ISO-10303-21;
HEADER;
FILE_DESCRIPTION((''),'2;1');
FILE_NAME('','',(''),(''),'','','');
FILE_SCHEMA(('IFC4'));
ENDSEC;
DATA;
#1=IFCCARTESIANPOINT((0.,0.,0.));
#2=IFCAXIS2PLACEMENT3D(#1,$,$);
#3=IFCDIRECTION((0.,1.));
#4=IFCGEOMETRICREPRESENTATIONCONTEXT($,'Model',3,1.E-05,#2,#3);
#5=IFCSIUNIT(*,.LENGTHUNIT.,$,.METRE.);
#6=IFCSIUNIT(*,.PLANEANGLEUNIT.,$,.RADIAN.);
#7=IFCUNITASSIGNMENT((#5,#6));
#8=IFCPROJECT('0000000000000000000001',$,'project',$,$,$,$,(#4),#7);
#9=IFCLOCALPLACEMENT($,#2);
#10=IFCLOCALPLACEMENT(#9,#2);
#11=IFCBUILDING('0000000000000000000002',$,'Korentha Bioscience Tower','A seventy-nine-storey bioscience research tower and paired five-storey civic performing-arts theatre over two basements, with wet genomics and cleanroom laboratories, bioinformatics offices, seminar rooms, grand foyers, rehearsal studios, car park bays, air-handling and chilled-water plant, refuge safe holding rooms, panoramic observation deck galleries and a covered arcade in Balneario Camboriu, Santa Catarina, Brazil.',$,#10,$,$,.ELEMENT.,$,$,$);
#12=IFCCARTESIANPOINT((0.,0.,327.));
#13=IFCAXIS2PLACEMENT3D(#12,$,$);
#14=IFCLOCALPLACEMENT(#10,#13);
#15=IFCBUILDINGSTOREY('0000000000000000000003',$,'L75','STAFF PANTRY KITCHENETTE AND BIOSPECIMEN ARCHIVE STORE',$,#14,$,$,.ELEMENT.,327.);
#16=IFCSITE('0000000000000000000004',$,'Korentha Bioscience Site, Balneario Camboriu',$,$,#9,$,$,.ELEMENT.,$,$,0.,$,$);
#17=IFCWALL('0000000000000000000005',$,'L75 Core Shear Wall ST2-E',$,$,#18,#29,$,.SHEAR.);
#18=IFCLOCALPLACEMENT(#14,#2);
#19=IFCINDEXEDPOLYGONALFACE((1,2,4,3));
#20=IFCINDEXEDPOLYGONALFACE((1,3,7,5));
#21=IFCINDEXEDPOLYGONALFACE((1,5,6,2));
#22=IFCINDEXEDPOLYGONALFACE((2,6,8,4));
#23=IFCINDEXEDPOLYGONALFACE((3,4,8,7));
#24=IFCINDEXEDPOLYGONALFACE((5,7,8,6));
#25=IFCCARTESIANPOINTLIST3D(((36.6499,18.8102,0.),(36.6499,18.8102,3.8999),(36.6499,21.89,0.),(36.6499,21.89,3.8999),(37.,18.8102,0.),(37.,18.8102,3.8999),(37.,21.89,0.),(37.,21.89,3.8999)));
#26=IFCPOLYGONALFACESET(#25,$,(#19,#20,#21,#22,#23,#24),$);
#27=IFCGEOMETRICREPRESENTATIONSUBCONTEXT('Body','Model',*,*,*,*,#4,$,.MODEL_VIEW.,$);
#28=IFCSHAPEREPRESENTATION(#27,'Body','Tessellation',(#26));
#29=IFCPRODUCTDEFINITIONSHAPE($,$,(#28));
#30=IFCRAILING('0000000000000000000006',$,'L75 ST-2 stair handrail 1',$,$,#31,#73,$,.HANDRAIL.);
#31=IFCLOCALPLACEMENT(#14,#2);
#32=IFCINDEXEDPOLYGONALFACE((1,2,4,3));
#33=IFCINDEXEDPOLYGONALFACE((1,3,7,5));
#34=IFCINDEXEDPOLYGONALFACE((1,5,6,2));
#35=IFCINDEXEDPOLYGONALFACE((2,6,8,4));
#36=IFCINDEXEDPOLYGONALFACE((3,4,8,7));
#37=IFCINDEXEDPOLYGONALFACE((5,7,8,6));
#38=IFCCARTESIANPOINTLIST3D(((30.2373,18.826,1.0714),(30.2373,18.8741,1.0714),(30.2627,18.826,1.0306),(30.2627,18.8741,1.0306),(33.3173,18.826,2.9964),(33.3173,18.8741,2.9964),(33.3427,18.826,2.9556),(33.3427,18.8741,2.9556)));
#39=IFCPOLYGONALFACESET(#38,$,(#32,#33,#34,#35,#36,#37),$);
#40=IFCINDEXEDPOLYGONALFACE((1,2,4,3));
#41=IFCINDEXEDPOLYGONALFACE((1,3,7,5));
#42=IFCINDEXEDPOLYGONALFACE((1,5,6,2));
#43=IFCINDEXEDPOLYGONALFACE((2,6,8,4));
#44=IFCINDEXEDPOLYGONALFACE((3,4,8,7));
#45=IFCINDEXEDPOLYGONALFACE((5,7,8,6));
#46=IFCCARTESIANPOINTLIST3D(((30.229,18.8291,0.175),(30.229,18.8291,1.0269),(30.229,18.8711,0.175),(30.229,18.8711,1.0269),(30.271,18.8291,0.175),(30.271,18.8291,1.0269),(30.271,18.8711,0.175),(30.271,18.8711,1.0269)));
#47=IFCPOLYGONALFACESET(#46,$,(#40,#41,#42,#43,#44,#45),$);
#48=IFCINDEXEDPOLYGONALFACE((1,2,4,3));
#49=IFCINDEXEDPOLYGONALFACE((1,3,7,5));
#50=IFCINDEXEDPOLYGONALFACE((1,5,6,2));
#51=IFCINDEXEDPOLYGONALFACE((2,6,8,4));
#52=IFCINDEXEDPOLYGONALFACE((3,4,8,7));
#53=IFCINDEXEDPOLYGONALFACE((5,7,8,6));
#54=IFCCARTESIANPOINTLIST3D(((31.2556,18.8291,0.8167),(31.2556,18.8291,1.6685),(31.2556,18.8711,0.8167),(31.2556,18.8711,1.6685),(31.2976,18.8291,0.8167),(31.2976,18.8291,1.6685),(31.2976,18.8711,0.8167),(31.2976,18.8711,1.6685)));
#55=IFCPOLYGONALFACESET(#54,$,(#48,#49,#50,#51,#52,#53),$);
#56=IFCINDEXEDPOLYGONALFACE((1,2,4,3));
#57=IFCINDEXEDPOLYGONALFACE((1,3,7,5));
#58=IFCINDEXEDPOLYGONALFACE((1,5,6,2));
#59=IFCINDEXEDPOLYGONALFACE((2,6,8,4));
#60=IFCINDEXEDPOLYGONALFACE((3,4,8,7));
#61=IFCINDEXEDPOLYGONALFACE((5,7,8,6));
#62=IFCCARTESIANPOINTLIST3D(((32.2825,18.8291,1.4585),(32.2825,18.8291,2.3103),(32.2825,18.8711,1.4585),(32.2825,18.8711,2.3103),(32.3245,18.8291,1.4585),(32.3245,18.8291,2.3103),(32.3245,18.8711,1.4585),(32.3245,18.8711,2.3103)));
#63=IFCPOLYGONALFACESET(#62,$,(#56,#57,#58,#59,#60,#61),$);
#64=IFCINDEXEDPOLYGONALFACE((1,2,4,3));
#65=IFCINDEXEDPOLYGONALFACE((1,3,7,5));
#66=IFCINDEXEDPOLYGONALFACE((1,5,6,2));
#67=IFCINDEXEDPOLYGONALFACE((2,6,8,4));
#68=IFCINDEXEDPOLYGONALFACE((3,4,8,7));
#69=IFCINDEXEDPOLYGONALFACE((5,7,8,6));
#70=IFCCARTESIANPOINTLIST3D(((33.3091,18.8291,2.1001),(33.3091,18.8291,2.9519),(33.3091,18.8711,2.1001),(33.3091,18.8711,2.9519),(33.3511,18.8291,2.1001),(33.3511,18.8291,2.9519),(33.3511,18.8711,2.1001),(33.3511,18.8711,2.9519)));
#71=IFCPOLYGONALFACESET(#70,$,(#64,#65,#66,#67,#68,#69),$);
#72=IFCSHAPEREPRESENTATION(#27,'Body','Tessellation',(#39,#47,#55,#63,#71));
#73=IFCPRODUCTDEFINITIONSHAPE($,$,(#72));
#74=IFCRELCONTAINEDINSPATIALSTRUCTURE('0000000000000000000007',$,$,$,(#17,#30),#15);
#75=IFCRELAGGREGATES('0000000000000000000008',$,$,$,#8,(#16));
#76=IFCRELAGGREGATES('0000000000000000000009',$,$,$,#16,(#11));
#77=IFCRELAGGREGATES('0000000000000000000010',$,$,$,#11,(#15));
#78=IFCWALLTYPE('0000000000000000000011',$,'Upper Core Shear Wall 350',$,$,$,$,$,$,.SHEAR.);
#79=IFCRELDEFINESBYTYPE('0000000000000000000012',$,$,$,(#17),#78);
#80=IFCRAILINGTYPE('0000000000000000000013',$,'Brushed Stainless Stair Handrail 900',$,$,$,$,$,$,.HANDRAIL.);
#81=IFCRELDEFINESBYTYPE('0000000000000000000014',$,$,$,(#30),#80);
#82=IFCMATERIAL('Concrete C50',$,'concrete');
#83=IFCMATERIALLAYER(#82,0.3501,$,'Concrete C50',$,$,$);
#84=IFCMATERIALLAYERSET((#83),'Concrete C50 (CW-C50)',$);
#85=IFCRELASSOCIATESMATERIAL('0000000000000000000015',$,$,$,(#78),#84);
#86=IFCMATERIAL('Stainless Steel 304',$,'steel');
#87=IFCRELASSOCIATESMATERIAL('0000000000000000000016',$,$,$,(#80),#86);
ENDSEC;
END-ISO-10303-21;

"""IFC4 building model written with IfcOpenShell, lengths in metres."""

from ifc_helpers import new_model, si_unit, direction, frame, frame_2d, origin, origin_2d, place, context, subcontext, project, spatial, rectangle, extrude, material, layer, layer_set, type_object, element, save


model = new_model("IFC4")

# Units and contexts
model_context = context("Model", 3, precision=1e-05, world=origin(), true_north=direction((0.0, 1.0)))
body_context = subcontext(model_context, "Body", "Model", "MODEL_VIEW")
ifc_project = project(units=[si_unit("LENGTHUNIT", "METRE"), si_unit("PLANEANGLEUNIT", "RADIAN")], contexts=[model_context])

# Site, building, storey
site_placement = place(None, origin())
site = spatial("IfcSite", under=ifc_project, at=site_placement, Name="Korentha Bioscience Site, Balneario Camboriu", CompositionType="ELEMENT", RefElevation=0.0)
building_placement = place(site_placement, origin())
building = spatial("IfcBuilding", under=site, at=building_placement, Name="Korentha Bioscience Tower", Description="A seventy-nine-storey bioscience research tower and paired five-storey civic performing-arts theatre over two basements, with wet genomics and cleanroom laboratories, bioinformatics offices, seminar rooms, grand foyers, rehearsal studios, car park bays, air-handling and chilled-water plant, refuge safe holding rooms, panoramic observation deck galleries and a covered arcade in Balneario Camboriu, Santa Catarina, Brazil.", CompositionType="ELEMENT")
storey_placement = place(building_placement, frame((0.0, 0.0, 327.0)))
storey = spatial("IfcBuildingStorey", under=building, at=storey_placement, Name="L75", Description="STAFF PANTRY KITCHENETTE AND BIOSPECIMEN ARCHIVE STORE", CompositionType="ELEMENT", Elevation=327.0)

# Shared definitions
ifc_material_1 = material(Name="Concrete C50", Category="concrete")

# Wall
ifc_layer_1 = layer(ifc_material_1, 0.3501, Name="Concrete C50")
ifc_layer_set_1 = layer_set([ifc_layer_1], Name="Concrete C50 (CW-C50)")
wall_type_1 = type_object("IfcWallType", Name="Upper Core Shear Wall 350", PredefinedType="SHEAR", material=ifc_layer_set_1)
wall_1_placement = place(storey_placement, frame((36.825, 18.8101, 0.0), z_axis=(0.0, 0.0, 1.0), x_axis=(0.0, 1.0, 0.0)))
element("IfcWall", 1, at=wall_1_placement, inside=storey, type_object=wall_type_1, Name="L75 Core Shear Wall ST2-E", PredefinedType="SHEAR", context=body_context, shape_type="SweptSolid", body=[
    extrude(rectangle(XDim=3.0798, YDim=0.3501, at=frame_2d((1.54, 0.0))), origin(), (0.0, 0.0, 1.0), 3.8999),
])

# Railing
ifc_material_2 = material(Name="Stainless Steel 304", Category="steel")
railing_type = type_object("IfcRailingType", Name="Brushed Stainless Stair Handrail 900", PredefinedType="HANDRAIL", material=ifc_material_2)
railing_placement = place(storey_placement, frame((30.25, 18.8501, 0.175)))
element("IfcRailing", 2, at=railing_placement, inside=storey, type_object=railing_type, Name="L75 ST-2 stair handrail 1", PredefinedType="HANDRAIL", context=body_context, shape_type="SweptSolid", body=[
    extrude(rectangle(XDim=0.0481, YDim=0.0481, at=origin_2d()), frame((0.0, 0.0, 0.876), z_axis=(0.847998, 0.0, 0.529999), x_axis=(0.0, 1.0, 0.0)), (0.0, 0.0, 1.0), 3.6321),
    extrude(rectangle(XDim=0.042, YDim=0.042, at=origin_2d()), origin(), (0.0, 0.0, 1.0), 0.8518),
    extrude(rectangle(XDim=0.042, YDim=0.042, at=origin_2d()), frame((1.0266, 0.0, 0.6416)), (0.0, 0.0, 1.0), 0.8518),
    extrude(rectangle(XDim=0.042, YDim=0.042, at=origin_2d()), frame((2.0535, 0.0, 1.2834)), (0.0, 0.0, 1.0), 0.8518),
    extrude(rectangle(XDim=0.042, YDim=0.042, at=origin_2d()), frame((3.0801, 0.0, 1.925)), (0.0, 0.0, 1.0), 0.8518),
])

save(model, "model.ifc")
